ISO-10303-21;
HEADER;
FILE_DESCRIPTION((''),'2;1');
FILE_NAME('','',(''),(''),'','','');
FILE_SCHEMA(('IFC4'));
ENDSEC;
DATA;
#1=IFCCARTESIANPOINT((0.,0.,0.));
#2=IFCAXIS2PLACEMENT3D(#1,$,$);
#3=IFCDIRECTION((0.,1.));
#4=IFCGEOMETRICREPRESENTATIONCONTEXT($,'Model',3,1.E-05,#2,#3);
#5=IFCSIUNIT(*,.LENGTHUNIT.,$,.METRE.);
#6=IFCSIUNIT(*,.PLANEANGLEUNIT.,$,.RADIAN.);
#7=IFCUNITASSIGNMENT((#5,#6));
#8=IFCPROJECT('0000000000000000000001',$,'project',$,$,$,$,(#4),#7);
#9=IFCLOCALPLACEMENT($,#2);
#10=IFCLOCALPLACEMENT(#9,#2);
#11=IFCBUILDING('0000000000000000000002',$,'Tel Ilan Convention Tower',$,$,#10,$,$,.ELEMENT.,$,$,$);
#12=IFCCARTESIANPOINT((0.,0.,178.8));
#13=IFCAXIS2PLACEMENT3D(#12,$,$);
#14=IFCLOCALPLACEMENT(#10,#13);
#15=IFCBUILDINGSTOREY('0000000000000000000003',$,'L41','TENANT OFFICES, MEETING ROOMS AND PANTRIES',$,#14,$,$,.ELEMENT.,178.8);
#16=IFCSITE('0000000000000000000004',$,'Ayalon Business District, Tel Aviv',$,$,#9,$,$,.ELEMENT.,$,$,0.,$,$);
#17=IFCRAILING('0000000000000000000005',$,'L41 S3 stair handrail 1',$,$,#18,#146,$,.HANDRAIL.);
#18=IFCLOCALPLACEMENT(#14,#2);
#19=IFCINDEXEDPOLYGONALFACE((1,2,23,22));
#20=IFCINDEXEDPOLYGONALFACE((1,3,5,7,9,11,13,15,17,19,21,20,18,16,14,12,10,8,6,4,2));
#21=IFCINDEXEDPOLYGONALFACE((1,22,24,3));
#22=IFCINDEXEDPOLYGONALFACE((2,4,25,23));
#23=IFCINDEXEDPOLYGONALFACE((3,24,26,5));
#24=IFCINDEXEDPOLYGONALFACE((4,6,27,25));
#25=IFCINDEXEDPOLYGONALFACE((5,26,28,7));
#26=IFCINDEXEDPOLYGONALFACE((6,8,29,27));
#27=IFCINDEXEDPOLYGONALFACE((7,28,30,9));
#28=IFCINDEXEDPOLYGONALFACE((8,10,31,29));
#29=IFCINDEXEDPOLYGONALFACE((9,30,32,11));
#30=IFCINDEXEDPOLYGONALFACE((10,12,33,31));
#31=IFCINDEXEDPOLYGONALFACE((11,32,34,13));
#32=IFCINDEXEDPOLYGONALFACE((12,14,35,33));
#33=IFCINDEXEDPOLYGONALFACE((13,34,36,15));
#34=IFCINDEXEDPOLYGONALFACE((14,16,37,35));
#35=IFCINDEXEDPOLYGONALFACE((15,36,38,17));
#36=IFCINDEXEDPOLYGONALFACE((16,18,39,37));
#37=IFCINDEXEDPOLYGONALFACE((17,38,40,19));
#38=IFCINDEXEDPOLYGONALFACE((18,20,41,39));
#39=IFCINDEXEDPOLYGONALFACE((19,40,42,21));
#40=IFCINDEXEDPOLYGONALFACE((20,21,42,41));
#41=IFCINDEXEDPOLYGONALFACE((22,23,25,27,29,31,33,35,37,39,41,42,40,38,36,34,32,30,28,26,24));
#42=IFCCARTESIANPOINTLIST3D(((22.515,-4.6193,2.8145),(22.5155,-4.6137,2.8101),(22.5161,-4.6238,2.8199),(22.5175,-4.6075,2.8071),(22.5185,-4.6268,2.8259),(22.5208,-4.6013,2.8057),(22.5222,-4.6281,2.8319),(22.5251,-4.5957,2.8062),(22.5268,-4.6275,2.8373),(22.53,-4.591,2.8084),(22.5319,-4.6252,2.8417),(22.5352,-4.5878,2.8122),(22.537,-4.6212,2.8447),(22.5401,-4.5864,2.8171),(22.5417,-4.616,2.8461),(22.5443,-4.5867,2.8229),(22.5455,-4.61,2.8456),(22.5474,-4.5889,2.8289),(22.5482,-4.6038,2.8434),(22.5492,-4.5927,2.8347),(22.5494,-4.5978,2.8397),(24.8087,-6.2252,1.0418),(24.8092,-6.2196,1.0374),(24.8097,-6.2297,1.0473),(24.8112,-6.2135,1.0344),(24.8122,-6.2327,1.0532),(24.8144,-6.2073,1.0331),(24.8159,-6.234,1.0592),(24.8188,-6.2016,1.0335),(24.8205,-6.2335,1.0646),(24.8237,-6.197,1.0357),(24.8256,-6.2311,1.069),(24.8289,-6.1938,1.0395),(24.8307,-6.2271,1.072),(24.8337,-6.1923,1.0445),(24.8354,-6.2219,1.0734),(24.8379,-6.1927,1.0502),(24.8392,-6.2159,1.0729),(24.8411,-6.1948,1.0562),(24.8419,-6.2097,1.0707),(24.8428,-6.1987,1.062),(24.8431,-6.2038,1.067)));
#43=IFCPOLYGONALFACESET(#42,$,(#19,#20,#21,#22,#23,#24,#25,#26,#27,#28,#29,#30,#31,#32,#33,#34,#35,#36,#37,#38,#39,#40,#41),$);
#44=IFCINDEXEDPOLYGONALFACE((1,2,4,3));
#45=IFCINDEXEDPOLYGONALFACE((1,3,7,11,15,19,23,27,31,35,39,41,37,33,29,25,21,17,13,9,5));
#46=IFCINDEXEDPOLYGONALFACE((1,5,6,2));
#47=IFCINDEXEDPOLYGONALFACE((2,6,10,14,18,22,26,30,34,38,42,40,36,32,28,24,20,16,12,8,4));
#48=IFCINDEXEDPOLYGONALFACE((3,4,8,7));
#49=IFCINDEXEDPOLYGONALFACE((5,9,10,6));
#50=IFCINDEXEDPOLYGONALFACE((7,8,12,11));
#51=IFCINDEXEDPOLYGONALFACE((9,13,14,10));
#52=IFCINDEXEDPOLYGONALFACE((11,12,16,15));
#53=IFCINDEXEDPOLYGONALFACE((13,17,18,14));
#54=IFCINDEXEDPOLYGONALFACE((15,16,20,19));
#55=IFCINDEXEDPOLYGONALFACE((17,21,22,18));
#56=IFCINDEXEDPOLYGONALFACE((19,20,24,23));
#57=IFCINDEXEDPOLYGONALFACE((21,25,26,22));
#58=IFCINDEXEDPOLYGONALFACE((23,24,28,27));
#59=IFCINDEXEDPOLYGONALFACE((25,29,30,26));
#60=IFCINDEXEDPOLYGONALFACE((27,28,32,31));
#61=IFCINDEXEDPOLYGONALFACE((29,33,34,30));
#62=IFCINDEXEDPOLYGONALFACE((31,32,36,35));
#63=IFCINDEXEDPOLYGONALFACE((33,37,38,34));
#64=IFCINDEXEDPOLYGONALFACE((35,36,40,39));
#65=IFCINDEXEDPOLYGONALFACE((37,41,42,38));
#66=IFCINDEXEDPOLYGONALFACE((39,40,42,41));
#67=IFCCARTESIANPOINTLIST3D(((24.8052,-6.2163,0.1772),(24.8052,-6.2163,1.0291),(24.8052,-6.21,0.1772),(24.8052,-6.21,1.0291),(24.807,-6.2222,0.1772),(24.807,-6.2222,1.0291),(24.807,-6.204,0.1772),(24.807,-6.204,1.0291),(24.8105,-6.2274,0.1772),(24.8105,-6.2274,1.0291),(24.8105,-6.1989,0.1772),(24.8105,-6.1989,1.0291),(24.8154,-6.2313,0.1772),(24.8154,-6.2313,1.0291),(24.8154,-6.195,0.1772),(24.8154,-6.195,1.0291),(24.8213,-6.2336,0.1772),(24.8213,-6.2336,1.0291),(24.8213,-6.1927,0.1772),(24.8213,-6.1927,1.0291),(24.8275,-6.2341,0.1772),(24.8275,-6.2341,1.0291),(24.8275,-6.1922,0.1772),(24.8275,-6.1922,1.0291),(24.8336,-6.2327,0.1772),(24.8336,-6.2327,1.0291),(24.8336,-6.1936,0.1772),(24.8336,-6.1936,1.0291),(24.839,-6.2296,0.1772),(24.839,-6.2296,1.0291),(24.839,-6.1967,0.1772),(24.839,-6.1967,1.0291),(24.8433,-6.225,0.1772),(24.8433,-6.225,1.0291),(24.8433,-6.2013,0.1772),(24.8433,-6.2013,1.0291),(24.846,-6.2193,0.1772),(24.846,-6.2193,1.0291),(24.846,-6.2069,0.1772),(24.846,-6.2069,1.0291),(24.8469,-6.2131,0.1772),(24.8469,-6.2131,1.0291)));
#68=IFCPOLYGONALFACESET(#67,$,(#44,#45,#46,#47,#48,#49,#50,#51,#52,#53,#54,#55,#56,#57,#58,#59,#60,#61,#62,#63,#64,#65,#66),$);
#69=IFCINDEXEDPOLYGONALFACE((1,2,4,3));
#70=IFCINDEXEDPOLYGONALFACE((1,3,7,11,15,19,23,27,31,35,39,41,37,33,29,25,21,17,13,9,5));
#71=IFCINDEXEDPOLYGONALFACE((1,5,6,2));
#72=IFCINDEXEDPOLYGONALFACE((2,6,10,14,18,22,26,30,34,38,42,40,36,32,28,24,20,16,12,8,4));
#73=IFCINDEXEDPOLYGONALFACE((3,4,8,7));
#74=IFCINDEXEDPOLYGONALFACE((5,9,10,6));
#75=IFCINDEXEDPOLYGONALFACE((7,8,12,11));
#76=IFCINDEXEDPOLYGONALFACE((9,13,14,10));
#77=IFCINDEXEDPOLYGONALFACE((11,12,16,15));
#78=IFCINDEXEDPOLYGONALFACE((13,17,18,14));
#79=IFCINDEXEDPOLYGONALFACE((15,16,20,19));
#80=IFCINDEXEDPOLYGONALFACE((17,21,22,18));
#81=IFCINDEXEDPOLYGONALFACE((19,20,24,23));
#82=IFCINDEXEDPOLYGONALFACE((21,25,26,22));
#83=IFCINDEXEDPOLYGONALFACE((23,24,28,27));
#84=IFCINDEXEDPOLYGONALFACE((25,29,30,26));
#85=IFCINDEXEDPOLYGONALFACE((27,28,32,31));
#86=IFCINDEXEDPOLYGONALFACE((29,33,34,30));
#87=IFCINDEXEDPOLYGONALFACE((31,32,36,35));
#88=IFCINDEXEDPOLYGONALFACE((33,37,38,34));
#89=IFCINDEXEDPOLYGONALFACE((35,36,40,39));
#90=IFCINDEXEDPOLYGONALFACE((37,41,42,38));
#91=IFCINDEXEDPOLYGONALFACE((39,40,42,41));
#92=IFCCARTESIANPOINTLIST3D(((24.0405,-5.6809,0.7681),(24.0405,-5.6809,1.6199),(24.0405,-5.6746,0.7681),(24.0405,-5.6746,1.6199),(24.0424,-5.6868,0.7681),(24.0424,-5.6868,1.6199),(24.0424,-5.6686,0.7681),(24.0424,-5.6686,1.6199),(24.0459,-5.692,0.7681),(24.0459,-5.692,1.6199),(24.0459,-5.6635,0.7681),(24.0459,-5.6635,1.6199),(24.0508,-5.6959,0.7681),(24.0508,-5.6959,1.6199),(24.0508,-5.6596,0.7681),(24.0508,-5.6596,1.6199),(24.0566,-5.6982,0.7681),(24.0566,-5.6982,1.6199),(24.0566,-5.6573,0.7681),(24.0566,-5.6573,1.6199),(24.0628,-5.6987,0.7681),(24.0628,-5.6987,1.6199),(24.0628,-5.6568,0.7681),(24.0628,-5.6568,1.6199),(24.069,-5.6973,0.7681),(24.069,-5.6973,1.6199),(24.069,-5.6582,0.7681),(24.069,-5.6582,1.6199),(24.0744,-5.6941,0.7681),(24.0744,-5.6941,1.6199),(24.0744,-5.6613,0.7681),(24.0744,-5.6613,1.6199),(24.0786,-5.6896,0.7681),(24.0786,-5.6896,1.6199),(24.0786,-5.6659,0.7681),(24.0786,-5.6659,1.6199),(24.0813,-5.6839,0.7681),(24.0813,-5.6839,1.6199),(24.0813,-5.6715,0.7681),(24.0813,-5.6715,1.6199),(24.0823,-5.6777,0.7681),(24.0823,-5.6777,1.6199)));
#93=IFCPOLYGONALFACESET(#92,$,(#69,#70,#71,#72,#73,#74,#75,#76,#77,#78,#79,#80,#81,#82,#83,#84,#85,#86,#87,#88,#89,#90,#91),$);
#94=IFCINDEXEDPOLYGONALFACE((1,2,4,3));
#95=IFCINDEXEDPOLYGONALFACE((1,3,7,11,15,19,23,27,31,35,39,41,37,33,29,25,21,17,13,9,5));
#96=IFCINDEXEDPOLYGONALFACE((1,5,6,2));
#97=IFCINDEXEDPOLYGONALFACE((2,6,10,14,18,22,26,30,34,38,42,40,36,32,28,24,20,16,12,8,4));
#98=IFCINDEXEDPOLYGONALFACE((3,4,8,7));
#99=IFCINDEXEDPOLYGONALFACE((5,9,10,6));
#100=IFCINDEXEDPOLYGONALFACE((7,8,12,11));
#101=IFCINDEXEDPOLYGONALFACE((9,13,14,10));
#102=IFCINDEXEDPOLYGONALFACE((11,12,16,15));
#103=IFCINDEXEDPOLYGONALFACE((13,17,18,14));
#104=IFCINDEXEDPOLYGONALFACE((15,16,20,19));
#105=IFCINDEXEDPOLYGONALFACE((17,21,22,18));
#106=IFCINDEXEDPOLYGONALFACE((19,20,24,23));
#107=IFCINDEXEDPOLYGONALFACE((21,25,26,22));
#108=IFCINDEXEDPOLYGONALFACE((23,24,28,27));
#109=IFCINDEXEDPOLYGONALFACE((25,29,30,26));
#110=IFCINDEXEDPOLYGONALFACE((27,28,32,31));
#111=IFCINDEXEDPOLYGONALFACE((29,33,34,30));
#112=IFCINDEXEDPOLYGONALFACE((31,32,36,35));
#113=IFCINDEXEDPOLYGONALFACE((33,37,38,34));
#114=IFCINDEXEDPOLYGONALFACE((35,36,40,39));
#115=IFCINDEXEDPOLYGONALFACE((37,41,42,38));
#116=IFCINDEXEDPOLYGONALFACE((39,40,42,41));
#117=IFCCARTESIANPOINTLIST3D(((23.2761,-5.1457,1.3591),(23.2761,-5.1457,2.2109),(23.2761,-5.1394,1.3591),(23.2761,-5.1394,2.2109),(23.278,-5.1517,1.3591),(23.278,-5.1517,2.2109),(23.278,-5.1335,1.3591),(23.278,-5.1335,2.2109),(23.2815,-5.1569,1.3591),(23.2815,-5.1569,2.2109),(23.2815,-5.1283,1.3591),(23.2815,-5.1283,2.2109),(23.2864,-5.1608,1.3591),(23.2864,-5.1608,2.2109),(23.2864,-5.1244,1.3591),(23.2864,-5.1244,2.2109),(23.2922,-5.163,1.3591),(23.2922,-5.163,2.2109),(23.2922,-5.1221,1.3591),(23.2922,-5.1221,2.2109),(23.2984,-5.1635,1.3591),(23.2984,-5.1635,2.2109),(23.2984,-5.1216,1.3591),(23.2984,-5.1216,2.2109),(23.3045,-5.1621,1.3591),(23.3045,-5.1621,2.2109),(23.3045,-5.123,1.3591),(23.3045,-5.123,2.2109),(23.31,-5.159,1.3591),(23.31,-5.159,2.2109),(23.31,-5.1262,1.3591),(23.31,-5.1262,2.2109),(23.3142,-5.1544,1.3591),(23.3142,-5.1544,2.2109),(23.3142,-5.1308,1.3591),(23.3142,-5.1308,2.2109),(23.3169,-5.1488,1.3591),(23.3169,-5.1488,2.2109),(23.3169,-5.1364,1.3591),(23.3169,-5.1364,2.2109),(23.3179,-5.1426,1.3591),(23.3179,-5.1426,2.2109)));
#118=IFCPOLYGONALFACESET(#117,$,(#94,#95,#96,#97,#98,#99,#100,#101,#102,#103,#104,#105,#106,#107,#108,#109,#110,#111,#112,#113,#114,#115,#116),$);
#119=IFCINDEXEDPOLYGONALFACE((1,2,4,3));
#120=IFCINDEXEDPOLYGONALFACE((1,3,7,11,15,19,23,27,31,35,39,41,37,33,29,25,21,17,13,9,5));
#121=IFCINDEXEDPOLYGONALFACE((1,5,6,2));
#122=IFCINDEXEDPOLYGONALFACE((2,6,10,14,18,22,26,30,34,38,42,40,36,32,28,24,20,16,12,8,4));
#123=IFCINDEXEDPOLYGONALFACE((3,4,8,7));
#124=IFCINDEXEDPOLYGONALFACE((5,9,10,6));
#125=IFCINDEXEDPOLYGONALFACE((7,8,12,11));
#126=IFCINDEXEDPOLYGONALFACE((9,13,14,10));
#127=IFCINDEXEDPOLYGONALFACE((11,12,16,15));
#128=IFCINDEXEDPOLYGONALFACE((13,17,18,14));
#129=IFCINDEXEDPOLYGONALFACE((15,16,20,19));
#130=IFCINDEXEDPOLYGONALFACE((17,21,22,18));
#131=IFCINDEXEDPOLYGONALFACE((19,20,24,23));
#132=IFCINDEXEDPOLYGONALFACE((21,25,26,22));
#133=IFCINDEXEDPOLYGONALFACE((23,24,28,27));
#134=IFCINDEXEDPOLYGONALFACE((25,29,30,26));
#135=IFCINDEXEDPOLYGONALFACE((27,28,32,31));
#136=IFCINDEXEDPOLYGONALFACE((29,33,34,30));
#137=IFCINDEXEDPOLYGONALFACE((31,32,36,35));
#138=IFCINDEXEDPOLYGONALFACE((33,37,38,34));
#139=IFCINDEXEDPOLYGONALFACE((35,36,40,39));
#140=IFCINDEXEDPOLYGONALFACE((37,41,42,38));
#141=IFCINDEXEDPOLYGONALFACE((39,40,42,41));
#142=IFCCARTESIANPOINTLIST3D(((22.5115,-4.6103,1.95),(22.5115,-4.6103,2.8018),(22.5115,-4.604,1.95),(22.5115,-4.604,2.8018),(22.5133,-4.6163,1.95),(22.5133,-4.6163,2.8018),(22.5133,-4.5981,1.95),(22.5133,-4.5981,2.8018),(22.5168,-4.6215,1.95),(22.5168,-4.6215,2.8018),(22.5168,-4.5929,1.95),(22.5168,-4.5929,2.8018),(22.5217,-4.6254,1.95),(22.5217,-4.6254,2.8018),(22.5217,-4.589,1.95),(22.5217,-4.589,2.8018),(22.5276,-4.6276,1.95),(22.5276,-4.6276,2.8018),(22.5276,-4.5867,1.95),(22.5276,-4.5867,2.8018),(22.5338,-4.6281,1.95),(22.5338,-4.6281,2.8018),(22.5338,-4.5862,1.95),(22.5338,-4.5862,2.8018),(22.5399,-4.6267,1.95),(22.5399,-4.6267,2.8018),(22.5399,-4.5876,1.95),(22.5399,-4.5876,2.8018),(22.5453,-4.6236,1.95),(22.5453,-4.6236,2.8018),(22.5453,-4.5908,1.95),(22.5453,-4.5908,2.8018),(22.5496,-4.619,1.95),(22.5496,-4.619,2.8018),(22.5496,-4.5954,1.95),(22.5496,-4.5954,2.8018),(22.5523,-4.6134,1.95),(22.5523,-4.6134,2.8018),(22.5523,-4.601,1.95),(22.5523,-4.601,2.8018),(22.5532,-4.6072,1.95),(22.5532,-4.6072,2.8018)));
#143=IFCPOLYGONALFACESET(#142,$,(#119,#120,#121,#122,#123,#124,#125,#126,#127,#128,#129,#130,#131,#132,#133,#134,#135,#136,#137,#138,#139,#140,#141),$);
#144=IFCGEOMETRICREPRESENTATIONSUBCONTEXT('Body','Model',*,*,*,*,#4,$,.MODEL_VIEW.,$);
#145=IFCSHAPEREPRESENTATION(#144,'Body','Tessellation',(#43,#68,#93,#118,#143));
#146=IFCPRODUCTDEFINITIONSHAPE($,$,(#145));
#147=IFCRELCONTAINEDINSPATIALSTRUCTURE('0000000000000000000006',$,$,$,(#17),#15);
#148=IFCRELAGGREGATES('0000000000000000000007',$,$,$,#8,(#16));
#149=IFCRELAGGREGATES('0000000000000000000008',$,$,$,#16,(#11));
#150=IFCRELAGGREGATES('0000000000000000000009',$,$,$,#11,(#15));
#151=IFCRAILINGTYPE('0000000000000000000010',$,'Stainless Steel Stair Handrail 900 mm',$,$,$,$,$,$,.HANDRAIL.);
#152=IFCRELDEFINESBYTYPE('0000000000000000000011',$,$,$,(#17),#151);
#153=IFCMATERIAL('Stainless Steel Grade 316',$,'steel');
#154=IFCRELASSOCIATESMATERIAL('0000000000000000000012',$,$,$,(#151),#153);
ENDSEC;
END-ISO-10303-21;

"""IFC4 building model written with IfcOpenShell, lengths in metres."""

from ifc_helpers import new_model, si_unit, direction, frame, origin, origin_2d, place, context, subcontext, project, spatial, circle, extrude, material, type_object, element, save


model = new_model("IFC4")

# Units and contexts
model_context = context("Model", 3, precision=1e-05, world=origin(), true_north=direction((0.0, 1.0)))
body_context = subcontext(model_context, "Body", "Model", "MODEL_VIEW")
ifc_project = project(units=[si_unit("LENGTHUNIT", "METRE"), si_unit("PLANEANGLEUNIT", "RADIAN")], contexts=[model_context])

# Site, building, storey
site_placement = place(None, origin())
site = spatial("IfcSite", under=ifc_project, at=site_placement, Name="Ayalon Business District, Tel Aviv", CompositionType="ELEMENT", RefElevation=0.0)
building_placement = place(site_placement, origin())
building = spatial("IfcBuilding", under=site, at=building_placement, Name="Tel Ilan Convention Tower", CompositionType="ELEMENT")
storey_placement = place(building_placement, frame((0.0, 0.0, 178.8)))
storey = spatial("IfcBuildingStorey", under=building, at=storey_placement, Name="L41", Description="TENANT OFFICES, MEETING ROOMS AND PANTRIES", CompositionType="ELEMENT", Elevation=178.8)

# Railing
ifc_material_1 = material(Name="Stainless Steel Grade 316", Category="steel")
railing_type_1 = type_object("IfcRailingType", Name="Stainless Steel Stair Handrail 900 mm", PredefinedType="HANDRAIL", material=ifc_material_1)
railing_1_placement = place(storey_placement, frame((24.8259, -6.2131, 0.1772)))
element("IfcRailing", 1, at=railing_1_placement, inside=storey, type_object=railing_type_1, Name="L41 S3 stair handrail 1", PredefinedType="HANDRAIL", context=body_context, shape_type="SweptSolid", body=[
    extrude(circle(Radius=0.0239, at=origin_2d()), frame((0.0, 0.0, 0.876), z_axis=(-0.692123, 0.484597, 0.534913), x_axis=(-0.57355, -0.81917, 0.0)), (0.0, 0.0, 1.0), 3.314),
    extrude(circle(Radius=0.021, at=origin_2d()), origin(), (0.0, 0.0, 1.0), 0.8518),
    extrude(circle(Radius=0.021, at=origin_2d()), frame((-0.7646, 0.5354, 0.5908)), (0.0, 0.0, 1.0), 0.8518),
    extrude(circle(Radius=0.021, at=origin_2d()), frame((-1.5291, 1.0706, 1.1819)), (0.0, 0.0, 1.0), 0.8518),
    extrude(circle(Radius=0.021, at=origin_2d()), frame((-2.2937, 1.606, 1.7727)), (0.0, 0.0, 1.0), 0.8518),
])

save(model, "model.ifc")
